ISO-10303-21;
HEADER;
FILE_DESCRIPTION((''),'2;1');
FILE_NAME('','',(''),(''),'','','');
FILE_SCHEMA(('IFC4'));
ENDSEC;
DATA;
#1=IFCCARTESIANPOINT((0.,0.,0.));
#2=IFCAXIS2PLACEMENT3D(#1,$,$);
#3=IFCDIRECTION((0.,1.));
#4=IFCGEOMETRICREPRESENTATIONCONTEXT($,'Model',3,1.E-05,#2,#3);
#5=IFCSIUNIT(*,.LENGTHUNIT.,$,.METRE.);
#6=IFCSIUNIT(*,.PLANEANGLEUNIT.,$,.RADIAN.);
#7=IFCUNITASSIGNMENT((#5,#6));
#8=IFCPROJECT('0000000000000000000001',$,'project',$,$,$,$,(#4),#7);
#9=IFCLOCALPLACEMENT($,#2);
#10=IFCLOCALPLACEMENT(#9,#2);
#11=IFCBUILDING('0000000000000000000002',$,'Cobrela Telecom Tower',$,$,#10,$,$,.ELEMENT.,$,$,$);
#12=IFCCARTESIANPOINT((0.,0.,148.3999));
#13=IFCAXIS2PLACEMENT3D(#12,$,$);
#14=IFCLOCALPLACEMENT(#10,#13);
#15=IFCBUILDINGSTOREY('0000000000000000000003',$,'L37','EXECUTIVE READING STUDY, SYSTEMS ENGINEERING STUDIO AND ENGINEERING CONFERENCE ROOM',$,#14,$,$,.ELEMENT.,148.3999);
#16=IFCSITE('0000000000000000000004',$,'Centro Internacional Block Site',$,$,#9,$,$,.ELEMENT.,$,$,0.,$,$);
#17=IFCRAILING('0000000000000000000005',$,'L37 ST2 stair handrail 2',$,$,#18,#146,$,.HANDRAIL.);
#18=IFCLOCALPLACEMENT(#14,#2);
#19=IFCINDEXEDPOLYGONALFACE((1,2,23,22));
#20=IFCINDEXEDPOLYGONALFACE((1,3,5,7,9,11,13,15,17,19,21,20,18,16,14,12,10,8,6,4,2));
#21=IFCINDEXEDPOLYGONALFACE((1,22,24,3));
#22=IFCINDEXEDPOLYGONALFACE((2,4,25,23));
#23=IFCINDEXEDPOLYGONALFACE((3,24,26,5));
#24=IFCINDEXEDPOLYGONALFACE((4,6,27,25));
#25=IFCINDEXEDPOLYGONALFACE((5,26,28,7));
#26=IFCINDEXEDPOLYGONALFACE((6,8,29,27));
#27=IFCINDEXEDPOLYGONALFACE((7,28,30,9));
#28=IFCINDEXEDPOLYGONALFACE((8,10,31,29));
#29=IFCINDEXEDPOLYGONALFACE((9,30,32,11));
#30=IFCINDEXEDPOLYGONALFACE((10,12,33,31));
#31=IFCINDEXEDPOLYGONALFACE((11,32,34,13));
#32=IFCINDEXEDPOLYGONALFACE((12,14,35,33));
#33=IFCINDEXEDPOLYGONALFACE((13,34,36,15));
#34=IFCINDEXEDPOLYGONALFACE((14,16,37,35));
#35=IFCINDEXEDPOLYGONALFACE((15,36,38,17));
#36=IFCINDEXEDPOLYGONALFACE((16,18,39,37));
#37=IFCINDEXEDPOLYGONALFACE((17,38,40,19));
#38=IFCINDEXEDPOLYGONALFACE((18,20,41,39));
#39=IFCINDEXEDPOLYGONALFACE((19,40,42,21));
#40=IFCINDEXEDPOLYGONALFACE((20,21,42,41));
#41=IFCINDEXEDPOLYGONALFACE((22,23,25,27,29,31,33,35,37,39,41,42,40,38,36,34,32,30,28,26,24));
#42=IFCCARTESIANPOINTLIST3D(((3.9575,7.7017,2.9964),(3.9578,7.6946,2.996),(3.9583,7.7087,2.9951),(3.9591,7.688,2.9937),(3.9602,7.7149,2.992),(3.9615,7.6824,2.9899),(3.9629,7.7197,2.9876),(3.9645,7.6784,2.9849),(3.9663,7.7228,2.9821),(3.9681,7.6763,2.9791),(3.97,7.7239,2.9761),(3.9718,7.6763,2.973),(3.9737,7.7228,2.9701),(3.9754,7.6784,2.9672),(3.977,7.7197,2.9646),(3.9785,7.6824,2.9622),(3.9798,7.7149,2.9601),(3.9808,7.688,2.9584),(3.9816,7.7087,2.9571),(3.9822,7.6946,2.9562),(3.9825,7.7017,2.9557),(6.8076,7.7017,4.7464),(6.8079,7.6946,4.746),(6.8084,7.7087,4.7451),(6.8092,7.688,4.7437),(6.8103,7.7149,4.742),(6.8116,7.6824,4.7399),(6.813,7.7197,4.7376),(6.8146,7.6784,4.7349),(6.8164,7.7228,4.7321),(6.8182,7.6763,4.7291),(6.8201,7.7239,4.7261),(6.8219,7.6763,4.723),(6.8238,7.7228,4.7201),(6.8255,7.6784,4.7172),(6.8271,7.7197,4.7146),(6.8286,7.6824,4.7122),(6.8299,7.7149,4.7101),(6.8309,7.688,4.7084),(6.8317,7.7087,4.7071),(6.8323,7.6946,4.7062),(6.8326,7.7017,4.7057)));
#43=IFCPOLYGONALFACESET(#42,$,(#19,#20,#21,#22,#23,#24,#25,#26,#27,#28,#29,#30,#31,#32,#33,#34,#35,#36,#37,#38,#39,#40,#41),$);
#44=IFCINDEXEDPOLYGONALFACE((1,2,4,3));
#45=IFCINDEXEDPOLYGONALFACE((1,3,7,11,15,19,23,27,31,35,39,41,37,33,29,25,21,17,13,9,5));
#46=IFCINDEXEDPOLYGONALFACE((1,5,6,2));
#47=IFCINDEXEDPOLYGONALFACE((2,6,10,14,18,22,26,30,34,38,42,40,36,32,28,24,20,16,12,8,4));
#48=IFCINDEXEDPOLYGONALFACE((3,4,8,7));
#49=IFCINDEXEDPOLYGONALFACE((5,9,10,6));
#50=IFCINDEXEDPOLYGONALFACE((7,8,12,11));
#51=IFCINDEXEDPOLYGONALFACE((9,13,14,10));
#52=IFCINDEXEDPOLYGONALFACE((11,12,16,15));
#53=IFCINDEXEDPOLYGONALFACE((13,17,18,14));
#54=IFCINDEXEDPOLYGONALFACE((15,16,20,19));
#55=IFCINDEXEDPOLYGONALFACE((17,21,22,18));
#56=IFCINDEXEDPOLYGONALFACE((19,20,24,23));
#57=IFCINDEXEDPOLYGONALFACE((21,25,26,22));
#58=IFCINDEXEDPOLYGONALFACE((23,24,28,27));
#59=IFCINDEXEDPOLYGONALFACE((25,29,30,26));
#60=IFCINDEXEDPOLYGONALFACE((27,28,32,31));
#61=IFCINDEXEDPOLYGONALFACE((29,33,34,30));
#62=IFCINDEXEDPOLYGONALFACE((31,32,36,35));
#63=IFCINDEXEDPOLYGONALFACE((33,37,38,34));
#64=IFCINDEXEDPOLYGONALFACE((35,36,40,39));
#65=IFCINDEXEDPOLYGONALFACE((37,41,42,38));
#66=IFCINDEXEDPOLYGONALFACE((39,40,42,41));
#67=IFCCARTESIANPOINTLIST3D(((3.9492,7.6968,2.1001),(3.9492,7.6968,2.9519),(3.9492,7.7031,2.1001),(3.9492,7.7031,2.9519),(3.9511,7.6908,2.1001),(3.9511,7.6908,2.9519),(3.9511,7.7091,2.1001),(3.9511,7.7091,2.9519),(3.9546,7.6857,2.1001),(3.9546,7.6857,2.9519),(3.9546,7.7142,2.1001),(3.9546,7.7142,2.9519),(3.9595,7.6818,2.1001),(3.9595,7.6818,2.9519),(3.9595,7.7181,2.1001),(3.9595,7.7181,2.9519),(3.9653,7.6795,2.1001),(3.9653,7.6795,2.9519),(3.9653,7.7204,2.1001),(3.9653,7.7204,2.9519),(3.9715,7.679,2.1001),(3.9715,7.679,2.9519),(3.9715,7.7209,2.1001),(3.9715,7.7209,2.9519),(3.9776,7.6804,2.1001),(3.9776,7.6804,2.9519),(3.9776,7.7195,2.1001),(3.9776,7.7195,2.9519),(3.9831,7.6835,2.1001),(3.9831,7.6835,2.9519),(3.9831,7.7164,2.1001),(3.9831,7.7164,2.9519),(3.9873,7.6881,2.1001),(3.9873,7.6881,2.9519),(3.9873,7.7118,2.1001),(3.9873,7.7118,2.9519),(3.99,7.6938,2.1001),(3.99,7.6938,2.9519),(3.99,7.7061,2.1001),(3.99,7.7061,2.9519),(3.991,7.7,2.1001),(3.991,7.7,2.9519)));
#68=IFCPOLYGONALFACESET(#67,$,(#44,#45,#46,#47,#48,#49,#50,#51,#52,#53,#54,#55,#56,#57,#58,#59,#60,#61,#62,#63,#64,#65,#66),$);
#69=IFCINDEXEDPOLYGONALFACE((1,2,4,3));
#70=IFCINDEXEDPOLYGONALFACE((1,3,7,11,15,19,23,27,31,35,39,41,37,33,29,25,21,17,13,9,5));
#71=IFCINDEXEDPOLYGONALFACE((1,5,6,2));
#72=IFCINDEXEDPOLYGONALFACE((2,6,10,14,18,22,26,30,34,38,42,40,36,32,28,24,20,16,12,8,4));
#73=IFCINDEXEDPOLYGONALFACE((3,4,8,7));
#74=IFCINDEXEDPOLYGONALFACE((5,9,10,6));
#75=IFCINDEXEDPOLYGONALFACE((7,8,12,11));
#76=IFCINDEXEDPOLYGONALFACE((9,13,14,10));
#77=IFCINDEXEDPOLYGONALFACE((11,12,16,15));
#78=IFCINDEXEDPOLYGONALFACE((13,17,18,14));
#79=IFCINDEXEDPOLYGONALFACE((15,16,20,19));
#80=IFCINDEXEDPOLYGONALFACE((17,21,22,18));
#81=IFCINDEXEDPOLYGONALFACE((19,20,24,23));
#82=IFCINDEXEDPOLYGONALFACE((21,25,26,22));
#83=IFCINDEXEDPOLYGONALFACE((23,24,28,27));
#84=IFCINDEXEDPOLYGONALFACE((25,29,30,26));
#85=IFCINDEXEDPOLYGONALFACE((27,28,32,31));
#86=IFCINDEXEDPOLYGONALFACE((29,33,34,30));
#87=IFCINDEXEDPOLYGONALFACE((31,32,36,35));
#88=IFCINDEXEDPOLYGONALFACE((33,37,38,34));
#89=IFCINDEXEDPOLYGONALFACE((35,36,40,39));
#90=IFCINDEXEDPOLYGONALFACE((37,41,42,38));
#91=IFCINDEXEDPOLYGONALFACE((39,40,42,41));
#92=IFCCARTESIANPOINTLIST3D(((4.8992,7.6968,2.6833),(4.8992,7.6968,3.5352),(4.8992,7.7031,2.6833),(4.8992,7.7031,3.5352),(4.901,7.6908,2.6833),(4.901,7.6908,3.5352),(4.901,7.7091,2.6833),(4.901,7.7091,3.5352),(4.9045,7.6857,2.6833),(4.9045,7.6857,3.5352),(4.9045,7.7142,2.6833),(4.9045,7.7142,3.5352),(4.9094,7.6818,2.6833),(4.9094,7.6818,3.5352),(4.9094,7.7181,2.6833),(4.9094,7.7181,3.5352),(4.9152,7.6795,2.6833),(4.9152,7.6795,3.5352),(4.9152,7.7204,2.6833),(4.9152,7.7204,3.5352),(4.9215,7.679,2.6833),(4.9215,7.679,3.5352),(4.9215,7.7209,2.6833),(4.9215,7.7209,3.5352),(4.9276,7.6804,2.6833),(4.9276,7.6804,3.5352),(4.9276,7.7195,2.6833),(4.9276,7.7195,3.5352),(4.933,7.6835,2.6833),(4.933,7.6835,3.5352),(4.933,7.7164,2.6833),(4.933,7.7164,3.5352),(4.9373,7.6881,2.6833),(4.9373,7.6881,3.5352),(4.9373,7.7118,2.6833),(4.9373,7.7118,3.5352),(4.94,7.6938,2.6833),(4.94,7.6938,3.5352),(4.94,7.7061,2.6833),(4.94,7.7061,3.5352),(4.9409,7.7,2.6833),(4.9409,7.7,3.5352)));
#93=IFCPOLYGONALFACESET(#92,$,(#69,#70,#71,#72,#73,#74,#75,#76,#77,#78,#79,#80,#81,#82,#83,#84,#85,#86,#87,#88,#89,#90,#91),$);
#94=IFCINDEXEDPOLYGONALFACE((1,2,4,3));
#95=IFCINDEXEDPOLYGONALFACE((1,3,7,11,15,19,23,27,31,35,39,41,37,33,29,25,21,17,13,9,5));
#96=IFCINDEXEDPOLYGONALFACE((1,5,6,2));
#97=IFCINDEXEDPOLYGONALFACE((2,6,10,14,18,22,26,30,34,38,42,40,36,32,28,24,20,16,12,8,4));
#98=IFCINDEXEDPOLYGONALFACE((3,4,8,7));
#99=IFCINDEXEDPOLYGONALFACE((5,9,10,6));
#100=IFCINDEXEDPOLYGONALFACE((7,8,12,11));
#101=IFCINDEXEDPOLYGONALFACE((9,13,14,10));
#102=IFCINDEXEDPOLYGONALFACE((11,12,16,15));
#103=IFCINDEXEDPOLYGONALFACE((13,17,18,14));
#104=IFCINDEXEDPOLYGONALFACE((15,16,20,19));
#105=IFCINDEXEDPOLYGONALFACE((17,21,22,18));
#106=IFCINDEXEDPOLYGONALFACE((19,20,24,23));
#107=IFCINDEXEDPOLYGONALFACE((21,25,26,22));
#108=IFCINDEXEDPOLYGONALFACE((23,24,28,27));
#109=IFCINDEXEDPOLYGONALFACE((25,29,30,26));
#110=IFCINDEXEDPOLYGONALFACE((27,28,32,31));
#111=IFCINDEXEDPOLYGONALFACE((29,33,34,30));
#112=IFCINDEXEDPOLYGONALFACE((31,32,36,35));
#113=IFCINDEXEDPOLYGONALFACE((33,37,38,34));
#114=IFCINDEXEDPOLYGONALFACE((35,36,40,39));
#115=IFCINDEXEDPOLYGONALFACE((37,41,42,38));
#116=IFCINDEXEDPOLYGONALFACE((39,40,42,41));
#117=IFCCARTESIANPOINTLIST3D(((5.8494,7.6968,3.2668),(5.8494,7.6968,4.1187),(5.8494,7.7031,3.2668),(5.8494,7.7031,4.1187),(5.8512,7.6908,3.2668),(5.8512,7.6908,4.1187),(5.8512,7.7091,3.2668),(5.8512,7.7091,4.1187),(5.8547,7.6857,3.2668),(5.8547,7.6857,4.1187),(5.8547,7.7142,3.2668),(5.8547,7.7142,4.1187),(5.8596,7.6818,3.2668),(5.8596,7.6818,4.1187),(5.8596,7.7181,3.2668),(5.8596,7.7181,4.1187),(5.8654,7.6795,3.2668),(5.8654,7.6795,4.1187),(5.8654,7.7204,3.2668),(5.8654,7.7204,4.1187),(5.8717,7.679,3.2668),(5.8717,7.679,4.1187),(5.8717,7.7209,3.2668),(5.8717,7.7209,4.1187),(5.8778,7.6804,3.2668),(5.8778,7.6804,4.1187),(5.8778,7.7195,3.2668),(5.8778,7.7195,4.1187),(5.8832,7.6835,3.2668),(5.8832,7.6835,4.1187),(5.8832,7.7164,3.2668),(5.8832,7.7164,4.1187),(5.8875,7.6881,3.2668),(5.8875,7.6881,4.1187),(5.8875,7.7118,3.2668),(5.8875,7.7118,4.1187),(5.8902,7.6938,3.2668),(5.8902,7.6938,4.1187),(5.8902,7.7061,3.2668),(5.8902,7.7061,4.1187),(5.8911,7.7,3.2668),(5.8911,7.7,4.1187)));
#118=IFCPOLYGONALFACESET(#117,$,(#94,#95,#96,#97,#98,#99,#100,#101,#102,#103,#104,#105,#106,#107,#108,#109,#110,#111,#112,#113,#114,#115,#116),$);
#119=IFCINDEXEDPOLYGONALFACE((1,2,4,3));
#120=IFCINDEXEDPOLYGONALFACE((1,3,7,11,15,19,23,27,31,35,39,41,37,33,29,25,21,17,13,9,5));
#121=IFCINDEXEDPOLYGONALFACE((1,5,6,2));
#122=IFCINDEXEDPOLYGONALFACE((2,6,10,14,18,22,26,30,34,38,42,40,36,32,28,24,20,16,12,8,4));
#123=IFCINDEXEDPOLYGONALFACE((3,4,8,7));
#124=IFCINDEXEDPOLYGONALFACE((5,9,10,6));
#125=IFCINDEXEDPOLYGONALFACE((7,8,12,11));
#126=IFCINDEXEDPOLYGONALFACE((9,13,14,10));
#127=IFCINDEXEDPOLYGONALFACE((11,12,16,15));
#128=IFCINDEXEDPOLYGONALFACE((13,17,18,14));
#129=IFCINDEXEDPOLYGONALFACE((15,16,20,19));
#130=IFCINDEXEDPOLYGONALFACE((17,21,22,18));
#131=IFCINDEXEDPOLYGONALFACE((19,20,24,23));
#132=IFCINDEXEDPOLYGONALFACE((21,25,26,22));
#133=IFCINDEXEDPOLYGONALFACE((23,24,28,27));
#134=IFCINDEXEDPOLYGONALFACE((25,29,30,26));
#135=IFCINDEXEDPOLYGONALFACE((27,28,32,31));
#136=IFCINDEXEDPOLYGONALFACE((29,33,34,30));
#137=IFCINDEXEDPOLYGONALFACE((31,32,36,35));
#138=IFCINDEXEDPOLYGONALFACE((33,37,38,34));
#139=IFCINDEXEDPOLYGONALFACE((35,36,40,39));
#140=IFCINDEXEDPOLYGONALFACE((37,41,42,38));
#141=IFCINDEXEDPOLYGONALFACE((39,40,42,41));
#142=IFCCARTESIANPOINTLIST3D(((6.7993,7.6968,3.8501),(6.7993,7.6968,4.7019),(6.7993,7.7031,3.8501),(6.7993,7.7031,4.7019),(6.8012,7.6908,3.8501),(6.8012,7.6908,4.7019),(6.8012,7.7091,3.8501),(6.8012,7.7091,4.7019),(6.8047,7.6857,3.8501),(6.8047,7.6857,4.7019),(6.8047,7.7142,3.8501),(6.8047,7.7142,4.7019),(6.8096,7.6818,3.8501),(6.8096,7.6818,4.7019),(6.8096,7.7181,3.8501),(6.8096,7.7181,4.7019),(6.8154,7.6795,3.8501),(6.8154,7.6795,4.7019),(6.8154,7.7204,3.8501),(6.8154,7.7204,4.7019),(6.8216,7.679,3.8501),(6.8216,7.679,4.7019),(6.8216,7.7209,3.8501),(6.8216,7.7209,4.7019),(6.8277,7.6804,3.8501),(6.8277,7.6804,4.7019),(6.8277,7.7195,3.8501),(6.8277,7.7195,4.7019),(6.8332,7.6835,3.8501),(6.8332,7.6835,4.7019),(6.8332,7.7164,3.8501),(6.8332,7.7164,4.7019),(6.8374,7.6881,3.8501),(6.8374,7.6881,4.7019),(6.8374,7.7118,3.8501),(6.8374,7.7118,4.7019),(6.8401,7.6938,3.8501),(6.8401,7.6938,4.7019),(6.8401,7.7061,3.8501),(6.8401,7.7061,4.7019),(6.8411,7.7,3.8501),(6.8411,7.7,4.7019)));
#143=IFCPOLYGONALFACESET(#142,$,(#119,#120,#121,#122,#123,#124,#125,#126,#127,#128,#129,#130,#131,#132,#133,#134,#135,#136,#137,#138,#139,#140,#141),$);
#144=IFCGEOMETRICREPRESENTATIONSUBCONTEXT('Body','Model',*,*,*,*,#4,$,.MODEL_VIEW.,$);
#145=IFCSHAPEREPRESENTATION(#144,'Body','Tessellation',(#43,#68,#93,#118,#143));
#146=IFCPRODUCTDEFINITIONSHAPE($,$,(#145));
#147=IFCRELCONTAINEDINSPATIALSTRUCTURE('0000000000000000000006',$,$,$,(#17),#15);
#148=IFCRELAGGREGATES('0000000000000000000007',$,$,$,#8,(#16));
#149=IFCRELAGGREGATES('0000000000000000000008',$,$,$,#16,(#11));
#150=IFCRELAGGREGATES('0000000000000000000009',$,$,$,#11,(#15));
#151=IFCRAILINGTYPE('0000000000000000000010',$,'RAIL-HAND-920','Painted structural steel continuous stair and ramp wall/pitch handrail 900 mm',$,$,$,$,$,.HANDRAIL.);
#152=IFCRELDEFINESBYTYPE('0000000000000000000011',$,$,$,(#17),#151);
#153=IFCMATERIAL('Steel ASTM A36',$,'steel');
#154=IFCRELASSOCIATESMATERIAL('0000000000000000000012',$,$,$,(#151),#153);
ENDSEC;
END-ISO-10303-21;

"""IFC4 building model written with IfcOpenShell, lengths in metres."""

from ifc_helpers import new_model, si_unit, direction, frame, origin, origin_2d, place, context, subcontext, project, spatial, circle, extrude, material, type_object, element, save


model = new_model("IFC4")

# Units and contexts
model_context = context("Model", 3, precision=1e-05, world=origin(), true_north=direction((0.0, 1.0)))
body_context = subcontext(model_context, "Body", "Model", "MODEL_VIEW")
ifc_project = project(units=[si_unit("LENGTHUNIT", "METRE"), si_unit("PLANEANGLEUNIT", "RADIAN")], contexts=[model_context])

# Site, building, storey
site_placement = place(None, origin())
site = spatial("IfcSite", under=ifc_project, at=site_placement, Name="Centro Internacional Block Site", CompositionType="ELEMENT", RefElevation=0.0)
building_placement = place(site_placement, origin())
building = spatial("IfcBuilding", under=site, at=building_placement, Name="Cobrela Telecom Tower", CompositionType="ELEMENT")
storey_placement = place(building_placement, frame((0.0, 0.0, 148.3999)))
storey = spatial("IfcBuildingStorey", under=building, at=storey_placement, Name="L37", Description="EXECUTIVE READING STUDY, SYSTEMS ENGINEERING STUDIO AND ENGINEERING CONFERENCE ROOM", CompositionType="ELEMENT", Elevation=148.3999)

# Railing
ifc_material_1 = material(Name="Steel ASTM A36", Category="steel")
railing_type_1 = type_object("IfcRailingType", Name="RAIL-HAND-920", Description="Painted structural steel continuous stair and ramp wall/pitch handrail 900 mm", PredefinedType="HANDRAIL", material=ifc_material_1)
railing_1_placement = place(storey_placement, frame((3.97, 7.7, 2.1001)))
element("IfcRailing", 1, at=railing_1_placement, inside=storey, type_object=railing_type_1, Name="L37 ST2 stair handrail 2", PredefinedType="HANDRAIL", context=body_context, shape_type="SweptSolid", body=[
    extrude(circle(Radius=0.0239, at=origin_2d()), frame((0.0, 0.0, 0.876), z_axis=(0.852179, 0.0, 0.52325), x_axis=(0.0, 1.0, 0.0)), (0.0, 0.0, 1.0), 3.3445),
    extrude(circle(Radius=0.021, at=origin_2d()), origin(), (0.0, 0.0, 1.0), 0.8518),
    extrude(circle(Radius=0.021, at=origin_2d()), frame((0.95, 0.0, 0.5833)), (0.0, 0.0, 1.0), 0.8518),
    extrude(circle(Radius=0.021, at=origin_2d()), frame((1.9001, 0.0, 1.1667)), (0.0, 0.0, 1.0), 0.8518),
    extrude(circle(Radius=0.021, at=origin_2d()), frame((2.8501, 0.0, 1.75)), (0.0, 0.0, 1.0), 0.8518),
])

save(model, "model.ifc")
